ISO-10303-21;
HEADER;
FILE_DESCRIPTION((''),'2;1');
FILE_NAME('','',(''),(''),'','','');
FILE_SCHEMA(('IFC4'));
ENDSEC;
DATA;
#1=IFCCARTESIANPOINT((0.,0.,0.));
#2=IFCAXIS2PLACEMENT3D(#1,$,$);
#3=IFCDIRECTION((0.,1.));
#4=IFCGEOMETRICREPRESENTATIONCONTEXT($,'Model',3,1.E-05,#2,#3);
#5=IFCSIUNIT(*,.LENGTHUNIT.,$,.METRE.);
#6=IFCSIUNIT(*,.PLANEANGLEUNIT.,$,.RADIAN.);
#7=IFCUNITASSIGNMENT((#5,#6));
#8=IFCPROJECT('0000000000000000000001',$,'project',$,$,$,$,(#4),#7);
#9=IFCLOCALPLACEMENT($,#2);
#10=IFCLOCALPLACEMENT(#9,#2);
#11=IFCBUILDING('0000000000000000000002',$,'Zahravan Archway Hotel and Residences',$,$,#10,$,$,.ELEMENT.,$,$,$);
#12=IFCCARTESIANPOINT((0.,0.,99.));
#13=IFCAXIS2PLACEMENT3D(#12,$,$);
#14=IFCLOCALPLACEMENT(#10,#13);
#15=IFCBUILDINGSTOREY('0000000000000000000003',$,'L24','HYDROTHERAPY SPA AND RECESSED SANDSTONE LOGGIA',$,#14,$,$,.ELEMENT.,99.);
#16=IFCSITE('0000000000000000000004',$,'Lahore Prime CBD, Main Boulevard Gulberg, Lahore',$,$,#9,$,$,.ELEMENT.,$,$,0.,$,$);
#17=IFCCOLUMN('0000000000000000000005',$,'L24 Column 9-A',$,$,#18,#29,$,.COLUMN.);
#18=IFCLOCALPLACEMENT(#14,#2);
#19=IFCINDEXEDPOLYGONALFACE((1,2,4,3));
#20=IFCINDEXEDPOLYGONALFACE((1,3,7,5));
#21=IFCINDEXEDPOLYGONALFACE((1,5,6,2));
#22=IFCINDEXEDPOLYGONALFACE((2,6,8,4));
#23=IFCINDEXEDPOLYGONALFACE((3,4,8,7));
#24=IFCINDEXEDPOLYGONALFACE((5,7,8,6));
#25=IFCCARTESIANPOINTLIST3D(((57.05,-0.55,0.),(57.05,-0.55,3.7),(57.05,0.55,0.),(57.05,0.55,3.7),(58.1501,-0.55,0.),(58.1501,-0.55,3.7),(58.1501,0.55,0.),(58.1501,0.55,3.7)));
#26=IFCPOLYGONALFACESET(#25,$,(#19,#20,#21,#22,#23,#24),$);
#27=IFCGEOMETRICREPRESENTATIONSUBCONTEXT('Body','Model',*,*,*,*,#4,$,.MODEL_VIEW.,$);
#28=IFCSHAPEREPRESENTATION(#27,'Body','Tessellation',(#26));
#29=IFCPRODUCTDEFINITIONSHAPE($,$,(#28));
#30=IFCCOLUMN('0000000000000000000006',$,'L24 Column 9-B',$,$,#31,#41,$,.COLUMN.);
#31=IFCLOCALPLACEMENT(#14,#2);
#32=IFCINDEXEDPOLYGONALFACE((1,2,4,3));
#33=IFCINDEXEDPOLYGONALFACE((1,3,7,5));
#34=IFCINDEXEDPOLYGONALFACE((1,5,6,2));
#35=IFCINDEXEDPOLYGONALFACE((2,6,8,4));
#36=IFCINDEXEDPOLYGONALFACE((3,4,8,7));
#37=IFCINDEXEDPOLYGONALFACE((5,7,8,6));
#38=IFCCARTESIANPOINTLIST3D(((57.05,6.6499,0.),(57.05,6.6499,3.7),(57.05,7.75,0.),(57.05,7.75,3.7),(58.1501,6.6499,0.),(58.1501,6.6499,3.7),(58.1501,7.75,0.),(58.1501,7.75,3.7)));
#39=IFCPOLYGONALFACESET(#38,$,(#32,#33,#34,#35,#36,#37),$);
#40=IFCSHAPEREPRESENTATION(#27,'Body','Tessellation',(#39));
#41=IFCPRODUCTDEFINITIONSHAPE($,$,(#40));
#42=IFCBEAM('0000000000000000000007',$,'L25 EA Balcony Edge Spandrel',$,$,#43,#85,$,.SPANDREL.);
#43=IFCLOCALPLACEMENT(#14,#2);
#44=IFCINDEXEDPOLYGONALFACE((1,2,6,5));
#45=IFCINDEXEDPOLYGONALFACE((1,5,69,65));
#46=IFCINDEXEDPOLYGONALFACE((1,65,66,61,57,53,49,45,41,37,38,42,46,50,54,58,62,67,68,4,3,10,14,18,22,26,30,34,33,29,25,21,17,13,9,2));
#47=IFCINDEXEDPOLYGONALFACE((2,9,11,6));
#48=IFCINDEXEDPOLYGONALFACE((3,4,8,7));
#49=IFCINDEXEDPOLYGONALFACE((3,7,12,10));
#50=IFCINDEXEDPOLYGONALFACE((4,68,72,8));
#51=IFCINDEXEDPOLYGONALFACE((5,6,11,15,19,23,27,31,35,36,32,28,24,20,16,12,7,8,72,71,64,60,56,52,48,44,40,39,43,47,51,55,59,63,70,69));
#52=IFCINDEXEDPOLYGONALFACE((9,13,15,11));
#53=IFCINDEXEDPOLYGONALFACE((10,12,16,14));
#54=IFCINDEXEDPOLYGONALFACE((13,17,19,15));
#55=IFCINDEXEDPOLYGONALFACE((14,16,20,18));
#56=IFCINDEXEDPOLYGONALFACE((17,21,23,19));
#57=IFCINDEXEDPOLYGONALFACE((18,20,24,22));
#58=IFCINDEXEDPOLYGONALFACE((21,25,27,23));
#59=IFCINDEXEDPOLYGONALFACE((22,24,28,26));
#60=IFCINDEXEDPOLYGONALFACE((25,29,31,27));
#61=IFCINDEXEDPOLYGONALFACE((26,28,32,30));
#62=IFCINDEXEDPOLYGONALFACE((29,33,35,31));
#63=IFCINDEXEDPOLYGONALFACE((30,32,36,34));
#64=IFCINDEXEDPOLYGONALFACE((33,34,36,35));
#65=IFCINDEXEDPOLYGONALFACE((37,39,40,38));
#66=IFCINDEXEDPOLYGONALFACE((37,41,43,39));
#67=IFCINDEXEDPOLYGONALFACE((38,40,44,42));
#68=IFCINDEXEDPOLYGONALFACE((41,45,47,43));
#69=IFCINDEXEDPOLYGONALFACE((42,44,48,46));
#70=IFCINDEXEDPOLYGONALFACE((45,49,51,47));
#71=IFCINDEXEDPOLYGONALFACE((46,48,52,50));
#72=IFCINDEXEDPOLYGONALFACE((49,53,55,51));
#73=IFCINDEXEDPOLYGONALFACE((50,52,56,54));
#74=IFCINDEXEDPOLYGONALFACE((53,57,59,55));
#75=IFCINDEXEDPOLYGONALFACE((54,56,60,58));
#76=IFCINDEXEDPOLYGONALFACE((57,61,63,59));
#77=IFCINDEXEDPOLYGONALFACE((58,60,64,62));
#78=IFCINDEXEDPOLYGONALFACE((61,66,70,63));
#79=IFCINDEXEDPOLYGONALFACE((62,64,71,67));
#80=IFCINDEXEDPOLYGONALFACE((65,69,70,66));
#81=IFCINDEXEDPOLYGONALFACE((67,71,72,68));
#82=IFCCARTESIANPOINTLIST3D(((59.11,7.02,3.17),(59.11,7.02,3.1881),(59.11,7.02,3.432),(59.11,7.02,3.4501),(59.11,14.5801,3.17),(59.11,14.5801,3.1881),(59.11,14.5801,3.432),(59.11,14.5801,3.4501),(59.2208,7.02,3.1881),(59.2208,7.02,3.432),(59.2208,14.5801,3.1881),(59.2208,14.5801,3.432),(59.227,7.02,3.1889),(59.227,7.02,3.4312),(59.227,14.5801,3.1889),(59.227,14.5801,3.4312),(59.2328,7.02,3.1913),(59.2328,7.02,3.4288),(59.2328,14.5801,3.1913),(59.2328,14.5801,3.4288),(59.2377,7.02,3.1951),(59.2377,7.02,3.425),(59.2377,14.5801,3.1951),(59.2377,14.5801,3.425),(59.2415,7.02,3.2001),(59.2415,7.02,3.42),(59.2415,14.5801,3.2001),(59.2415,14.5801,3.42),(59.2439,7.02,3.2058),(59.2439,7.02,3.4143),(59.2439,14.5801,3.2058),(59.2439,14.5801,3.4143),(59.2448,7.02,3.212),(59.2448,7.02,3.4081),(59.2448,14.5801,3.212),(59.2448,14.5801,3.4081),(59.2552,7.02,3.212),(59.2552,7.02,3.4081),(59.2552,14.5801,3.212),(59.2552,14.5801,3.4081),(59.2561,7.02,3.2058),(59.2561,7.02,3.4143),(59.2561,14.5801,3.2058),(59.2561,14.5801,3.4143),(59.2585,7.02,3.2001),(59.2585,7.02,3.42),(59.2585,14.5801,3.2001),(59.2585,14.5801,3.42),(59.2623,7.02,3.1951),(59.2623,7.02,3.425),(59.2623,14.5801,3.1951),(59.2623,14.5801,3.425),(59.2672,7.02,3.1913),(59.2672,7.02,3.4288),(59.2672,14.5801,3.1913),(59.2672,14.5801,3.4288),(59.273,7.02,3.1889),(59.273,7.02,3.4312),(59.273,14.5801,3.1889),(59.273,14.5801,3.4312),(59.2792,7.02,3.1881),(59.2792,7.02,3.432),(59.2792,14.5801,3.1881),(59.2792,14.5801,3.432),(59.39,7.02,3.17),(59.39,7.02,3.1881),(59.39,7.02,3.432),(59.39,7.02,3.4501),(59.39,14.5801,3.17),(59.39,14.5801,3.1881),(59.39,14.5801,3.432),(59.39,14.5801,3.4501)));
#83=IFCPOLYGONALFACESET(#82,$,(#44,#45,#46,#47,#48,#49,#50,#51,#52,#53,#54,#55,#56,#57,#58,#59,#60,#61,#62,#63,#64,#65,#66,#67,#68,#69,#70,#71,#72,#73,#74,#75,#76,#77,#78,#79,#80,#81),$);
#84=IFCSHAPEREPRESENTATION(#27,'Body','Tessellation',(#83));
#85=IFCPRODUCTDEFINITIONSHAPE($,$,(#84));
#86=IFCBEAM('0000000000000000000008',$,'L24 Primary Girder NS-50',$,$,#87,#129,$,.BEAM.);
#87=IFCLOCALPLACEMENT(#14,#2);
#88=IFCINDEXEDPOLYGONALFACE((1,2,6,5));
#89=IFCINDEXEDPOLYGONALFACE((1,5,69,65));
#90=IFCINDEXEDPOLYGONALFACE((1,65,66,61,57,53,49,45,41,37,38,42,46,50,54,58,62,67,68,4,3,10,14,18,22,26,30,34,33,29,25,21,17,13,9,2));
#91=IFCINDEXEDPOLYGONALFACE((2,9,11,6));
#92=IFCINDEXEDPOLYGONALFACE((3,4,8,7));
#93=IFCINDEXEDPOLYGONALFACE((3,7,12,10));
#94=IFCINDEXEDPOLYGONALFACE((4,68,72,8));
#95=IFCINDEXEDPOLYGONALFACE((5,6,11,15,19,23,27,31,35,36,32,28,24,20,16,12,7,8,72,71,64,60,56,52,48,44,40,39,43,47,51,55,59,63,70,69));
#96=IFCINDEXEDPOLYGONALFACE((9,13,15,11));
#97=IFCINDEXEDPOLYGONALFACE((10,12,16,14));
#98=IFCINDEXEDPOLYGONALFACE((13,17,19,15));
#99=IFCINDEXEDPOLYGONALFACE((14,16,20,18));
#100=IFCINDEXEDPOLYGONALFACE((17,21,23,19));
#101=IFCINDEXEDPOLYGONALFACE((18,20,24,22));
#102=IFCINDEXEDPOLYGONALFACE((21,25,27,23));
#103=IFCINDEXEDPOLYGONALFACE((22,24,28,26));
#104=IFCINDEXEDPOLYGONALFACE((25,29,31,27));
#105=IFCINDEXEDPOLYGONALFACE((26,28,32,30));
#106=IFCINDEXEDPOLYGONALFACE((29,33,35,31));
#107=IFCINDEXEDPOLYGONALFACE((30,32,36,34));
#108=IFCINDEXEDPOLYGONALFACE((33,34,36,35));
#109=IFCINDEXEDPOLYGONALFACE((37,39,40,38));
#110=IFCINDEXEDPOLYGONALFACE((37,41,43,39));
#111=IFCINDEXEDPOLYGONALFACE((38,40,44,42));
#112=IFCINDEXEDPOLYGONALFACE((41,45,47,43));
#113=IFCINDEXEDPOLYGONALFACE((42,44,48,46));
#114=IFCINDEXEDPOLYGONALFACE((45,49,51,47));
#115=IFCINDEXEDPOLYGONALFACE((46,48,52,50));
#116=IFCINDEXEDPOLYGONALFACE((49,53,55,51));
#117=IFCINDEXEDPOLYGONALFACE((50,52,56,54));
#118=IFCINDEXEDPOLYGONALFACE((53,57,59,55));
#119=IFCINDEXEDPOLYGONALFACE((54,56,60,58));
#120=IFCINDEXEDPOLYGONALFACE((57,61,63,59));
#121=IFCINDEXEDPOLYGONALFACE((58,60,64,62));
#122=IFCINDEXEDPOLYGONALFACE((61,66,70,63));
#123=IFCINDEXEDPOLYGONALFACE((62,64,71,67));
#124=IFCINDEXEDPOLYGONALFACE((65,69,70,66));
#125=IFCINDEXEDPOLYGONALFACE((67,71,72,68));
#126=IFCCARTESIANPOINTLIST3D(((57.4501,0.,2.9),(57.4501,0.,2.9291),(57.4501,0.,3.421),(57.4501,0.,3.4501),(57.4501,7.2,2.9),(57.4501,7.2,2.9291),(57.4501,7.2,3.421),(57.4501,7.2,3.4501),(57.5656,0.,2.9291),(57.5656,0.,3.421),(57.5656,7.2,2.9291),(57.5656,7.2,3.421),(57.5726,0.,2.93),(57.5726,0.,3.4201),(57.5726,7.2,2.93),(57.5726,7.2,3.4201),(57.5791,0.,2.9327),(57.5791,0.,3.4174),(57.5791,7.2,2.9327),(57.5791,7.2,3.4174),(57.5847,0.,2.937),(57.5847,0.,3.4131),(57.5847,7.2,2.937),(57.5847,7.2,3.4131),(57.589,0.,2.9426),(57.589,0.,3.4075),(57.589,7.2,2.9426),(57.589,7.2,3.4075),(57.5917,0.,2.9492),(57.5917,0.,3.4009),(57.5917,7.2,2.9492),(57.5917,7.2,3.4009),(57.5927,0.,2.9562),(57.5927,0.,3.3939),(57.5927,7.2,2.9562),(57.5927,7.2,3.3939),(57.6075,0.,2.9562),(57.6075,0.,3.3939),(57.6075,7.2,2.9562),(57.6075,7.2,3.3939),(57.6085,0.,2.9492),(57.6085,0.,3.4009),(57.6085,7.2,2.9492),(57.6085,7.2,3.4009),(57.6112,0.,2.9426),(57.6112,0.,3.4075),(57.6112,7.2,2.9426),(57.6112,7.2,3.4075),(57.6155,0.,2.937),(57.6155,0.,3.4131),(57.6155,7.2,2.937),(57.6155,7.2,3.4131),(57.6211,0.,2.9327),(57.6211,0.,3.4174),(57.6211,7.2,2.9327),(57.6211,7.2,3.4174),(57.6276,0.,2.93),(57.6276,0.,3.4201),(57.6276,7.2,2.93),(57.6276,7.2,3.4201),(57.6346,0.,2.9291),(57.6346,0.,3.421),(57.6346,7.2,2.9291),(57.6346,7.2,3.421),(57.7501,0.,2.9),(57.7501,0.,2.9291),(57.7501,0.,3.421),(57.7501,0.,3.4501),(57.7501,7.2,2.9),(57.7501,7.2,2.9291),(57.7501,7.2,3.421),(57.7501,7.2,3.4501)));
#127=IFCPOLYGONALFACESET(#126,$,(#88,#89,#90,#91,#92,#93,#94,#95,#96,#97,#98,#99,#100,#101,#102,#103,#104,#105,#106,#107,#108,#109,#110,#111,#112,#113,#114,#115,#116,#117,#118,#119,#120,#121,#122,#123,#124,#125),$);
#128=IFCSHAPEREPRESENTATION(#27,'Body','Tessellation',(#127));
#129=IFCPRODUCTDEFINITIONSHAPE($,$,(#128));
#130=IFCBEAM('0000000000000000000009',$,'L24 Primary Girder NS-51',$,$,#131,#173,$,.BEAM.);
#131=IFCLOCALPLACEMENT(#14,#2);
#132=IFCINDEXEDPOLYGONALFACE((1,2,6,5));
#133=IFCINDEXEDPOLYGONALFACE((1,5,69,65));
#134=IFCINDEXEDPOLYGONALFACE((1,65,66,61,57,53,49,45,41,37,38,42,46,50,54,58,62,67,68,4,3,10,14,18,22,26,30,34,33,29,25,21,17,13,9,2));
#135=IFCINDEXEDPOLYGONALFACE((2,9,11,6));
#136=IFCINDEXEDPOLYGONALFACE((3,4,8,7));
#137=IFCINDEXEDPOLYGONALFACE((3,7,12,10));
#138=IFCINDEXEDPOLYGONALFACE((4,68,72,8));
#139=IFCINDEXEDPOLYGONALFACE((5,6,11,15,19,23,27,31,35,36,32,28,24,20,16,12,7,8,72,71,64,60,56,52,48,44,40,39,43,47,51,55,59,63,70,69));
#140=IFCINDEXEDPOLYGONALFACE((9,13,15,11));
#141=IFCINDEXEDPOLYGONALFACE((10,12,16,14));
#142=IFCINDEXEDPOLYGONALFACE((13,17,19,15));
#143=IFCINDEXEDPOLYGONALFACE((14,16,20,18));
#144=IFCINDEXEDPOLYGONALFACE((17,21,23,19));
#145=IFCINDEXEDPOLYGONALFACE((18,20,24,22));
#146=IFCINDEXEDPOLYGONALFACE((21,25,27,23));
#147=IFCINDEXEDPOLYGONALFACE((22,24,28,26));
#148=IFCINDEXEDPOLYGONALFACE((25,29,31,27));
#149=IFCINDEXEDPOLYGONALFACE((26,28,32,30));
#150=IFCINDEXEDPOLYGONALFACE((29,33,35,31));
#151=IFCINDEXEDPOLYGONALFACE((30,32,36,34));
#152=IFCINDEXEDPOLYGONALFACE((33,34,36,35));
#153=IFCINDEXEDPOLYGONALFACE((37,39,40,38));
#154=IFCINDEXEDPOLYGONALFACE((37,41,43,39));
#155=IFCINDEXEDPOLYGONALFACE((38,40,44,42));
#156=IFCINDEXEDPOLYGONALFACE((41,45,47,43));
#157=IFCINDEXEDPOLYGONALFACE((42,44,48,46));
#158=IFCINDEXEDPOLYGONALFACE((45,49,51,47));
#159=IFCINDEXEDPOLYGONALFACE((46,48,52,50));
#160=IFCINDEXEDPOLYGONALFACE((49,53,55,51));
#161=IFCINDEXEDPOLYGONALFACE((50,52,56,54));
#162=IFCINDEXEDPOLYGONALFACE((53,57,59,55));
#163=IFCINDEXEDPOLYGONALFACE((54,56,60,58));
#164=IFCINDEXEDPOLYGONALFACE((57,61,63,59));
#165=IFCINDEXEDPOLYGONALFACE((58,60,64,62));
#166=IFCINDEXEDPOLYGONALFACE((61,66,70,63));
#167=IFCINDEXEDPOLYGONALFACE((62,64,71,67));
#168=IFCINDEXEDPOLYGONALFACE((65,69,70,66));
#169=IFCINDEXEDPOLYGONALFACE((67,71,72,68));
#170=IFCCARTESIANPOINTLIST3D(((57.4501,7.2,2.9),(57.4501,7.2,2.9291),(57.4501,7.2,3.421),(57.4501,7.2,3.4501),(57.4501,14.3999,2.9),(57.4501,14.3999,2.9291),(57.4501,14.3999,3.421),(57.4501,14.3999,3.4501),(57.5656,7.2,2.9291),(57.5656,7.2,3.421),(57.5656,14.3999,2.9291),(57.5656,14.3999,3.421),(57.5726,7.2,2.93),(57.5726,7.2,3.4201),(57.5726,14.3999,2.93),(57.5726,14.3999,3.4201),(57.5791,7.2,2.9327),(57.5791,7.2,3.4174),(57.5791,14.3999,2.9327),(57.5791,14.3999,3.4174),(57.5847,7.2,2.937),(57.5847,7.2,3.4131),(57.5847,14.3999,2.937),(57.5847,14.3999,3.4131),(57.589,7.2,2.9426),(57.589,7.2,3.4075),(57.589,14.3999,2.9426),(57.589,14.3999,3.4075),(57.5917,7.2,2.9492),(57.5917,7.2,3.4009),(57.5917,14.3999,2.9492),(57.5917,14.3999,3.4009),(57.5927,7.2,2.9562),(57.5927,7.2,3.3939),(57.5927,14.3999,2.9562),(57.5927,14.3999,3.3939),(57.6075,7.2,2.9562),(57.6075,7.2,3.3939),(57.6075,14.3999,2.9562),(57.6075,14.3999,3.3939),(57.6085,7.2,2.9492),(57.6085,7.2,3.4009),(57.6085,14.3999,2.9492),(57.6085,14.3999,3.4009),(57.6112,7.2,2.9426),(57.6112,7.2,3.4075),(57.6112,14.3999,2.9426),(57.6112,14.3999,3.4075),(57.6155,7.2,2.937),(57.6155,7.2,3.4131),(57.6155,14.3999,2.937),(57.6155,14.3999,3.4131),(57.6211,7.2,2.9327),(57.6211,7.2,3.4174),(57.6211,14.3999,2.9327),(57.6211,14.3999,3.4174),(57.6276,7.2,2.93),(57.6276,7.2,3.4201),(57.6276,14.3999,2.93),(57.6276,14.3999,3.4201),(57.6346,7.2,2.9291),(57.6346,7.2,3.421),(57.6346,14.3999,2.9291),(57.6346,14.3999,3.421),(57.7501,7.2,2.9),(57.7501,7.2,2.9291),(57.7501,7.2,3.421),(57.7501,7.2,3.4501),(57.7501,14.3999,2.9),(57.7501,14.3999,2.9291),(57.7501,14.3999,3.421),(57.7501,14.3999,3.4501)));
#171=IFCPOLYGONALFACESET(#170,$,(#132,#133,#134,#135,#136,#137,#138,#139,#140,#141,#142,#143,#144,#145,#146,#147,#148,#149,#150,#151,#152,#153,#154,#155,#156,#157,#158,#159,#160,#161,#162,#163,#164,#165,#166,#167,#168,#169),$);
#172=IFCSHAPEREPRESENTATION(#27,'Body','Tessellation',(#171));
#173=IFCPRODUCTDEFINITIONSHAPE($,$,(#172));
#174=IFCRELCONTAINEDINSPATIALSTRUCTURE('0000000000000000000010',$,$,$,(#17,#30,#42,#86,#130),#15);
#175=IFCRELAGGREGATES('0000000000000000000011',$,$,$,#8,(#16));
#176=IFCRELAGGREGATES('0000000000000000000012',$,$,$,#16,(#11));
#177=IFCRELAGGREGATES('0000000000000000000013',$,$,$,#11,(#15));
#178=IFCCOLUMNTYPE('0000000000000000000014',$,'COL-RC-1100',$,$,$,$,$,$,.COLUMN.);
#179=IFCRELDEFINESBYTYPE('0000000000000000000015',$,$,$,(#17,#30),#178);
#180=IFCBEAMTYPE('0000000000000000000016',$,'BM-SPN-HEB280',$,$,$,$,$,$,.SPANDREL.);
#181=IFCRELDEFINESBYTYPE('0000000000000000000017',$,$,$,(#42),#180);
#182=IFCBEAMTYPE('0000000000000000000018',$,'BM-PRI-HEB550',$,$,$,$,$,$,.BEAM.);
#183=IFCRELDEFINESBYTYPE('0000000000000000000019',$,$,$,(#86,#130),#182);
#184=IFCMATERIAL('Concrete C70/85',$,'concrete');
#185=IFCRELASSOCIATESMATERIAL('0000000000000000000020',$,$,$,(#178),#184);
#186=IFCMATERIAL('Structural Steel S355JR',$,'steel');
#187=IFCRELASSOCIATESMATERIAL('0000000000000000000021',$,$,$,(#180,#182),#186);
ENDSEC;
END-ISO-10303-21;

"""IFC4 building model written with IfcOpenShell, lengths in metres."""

from ifc_helpers import new_model, si_unit, direction, frame, origin, origin_2d, place, context, subcontext, project, spatial, rectangle, i_section, extrude, source, transform, mapped, material, material_profile, profile_set, type_object, type_shapes, element, save


model = new_model("IFC4")

# Units and contexts
model_context = context("Model", 3, precision=1e-05, world=origin(), true_north=direction((0.0, 1.0)))
body_context = subcontext(model_context, "Body", "Model", "MODEL_VIEW")
ifc_project = project(units=[si_unit("LENGTHUNIT", "METRE"), si_unit("PLANEANGLEUNIT", "RADIAN")], contexts=[model_context])

# Site, building, storey
site_placement = place(None, origin())
site = spatial("IfcSite", under=ifc_project, at=site_placement, Name="Lahore Prime CBD, Main Boulevard Gulberg, Lahore", CompositionType="ELEMENT", RefElevation=0.0)
building_placement = place(site_placement, origin())
building = spatial("IfcBuilding", under=site, at=building_placement, Name="Zahravan Archway Hotel and Residences", CompositionType="ELEMENT")
storey_placement = place(building_placement, frame((0.0, 0.0, 99.0)))
storey = spatial("IfcBuildingStorey", under=building, at=storey_placement, Name="L24", Description="HYDROTHERAPY SPA AND RECESSED SANDSTONE LOGGIA", CompositionType="ELEMENT", Elevation=99.0)

# Columns
ifc_material_1 = material(Name="Concrete C70/85", Category="concrete")
ifc_material_profile_1 = material_profile(ifc_material_1, rectangle(XDim=1.1001, YDim=1.1001, at=origin_2d()), Name="RC 1100x1100", Category="concrete")
ifc_profile_set_1 = profile_set([ifc_material_profile_1], Name="Concrete C70/85")
column_type = type_object("IfcColumnType", Name="COL-RC-1100", PredefinedType="COLUMN", material=ifc_profile_set_1)
shared_shape_1 = source(origin(), body_context, "Body", "SweptSolid", [
    extrude(rectangle(XDim=1.1001, YDim=1.1001, at=origin_2d()), origin(), (0.0, 0.0, 1.0), 3.7),
])
for number, where, z_axis, x_axis, name in (
    (1, (57.6001, 0.0, 0.0), (0.0, 0.0, 1.0), (1.0, 0.0, 0.0), "L24 Column 9-A"),
    (2, (57.6001, 7.2, 0.0), (0.0, 0.0, 1.0), (1.0, 0.0, 0.0), "L24 Column 9-B"),
):
    element("IfcColumn", number, at=place(storey_placement, frame(where, z_axis=z_axis, x_axis=x_axis)), inside=storey, type_object=column_type, Name=name, PredefinedType="COLUMN", context=body_context, shape_type="MappedRepresentation", body=[
        mapped(shared_shape_1, transform((0.0, 0.0, 0.0), scale=1.0)),
    ])

# Beams
ifc_material_2 = material(Name="Structural Steel S355JR", Category="steel")
ifc_material_profile_2 = material_profile(ifc_material_2, i_section(OverallWidth=0.28, OverallDepth=0.28, WebThickness=0.0105, FlangeThickness=0.0181, FilletRadius=0.0239, at=origin_2d()), Name="HEB 280", Category="steel")
ifc_profile_set_2 = profile_set([ifc_material_profile_2], Name="Structural Steel S355JR")
beam_type_1 = type_object("IfcBeamType", Name="BM-SPN-HEB280", PredefinedType="SPANDREL", material=ifc_profile_set_2)
shared_shape_2 = source(origin(), body_context, "Body", "SweptSolid", [
    extrude(i_section(OverallWidth=0.28, OverallDepth=0.28, WebThickness=0.0105, FlangeThickness=0.0181, FilletRadius=0.0239, at=origin_2d()), origin(), (0.0, 0.0, 1.0), 7.5601),
])
type_shapes(beam_type_1, [shared_shape_2])
beam_1_placement = place(storey_placement, frame((59.25, 7.02, 3.3101), z_axis=(0.0, 1.0, 0.0), x_axis=(-1.0, 0.0, 0.0)))
element("IfcBeam", 3, at=beam_1_placement, inside=storey, type_object=beam_type_1, Name="L25 EA Balcony Edge Spandrel", PredefinedType="SPANDREL", context=body_context, shape_type="MappedRepresentation", body=[
    mapped(shared_shape_2, transform((0.0, 0.0, 0.0), scale=1.0)),
])
ifc_material_profile_3 = material_profile(ifc_material_2, i_section(OverallWidth=0.3, OverallDepth=0.55, WebThickness=0.0149, FlangeThickness=0.0291, FilletRadius=0.0271, at=origin_2d()), Name="HEB 550", Category="steel")
ifc_profile_set_3 = profile_set([ifc_material_profile_3], Name="Structural Steel S355JR")
beam_type_2 = type_object("IfcBeamType", Name="BM-PRI-HEB550", PredefinedType="BEAM", material=ifc_profile_set_3)
shared_shape_3 = source(origin(), body_context, "Body", "SweptSolid", [
    extrude(i_section(OverallWidth=0.3, OverallDepth=0.55, WebThickness=0.0149, FlangeThickness=0.0291, FilletRadius=0.0271, at=origin_2d()), origin(), (0.0, 0.0, 1.0), 7.2),
])
for number, where, z_axis, x_axis, name in (
    (4, (57.6001, 0.0, 3.175), (0.0, 1.0, 0.0), (-1.0, 0.0, 0.0), "L24 Primary Girder NS-50"),
    (5, (57.6001, 7.2, 3.175), (0.0, 1.0, 0.0), (-1.0, 0.0, 0.0), "L24 Primary Girder NS-51"),
):
    element("IfcBeam", number, at=place(storey_placement, frame(where, z_axis=z_axis, x_axis=x_axis)), inside=storey, type_object=beam_type_2, Name=name, PredefinedType="BEAM", context=body_context, shape_type="MappedRepresentation", body=[
        mapped(shared_shape_3, transform((0.0, 0.0, 0.0), scale=1.0)),
    ])

save(model, "model.ifc")
